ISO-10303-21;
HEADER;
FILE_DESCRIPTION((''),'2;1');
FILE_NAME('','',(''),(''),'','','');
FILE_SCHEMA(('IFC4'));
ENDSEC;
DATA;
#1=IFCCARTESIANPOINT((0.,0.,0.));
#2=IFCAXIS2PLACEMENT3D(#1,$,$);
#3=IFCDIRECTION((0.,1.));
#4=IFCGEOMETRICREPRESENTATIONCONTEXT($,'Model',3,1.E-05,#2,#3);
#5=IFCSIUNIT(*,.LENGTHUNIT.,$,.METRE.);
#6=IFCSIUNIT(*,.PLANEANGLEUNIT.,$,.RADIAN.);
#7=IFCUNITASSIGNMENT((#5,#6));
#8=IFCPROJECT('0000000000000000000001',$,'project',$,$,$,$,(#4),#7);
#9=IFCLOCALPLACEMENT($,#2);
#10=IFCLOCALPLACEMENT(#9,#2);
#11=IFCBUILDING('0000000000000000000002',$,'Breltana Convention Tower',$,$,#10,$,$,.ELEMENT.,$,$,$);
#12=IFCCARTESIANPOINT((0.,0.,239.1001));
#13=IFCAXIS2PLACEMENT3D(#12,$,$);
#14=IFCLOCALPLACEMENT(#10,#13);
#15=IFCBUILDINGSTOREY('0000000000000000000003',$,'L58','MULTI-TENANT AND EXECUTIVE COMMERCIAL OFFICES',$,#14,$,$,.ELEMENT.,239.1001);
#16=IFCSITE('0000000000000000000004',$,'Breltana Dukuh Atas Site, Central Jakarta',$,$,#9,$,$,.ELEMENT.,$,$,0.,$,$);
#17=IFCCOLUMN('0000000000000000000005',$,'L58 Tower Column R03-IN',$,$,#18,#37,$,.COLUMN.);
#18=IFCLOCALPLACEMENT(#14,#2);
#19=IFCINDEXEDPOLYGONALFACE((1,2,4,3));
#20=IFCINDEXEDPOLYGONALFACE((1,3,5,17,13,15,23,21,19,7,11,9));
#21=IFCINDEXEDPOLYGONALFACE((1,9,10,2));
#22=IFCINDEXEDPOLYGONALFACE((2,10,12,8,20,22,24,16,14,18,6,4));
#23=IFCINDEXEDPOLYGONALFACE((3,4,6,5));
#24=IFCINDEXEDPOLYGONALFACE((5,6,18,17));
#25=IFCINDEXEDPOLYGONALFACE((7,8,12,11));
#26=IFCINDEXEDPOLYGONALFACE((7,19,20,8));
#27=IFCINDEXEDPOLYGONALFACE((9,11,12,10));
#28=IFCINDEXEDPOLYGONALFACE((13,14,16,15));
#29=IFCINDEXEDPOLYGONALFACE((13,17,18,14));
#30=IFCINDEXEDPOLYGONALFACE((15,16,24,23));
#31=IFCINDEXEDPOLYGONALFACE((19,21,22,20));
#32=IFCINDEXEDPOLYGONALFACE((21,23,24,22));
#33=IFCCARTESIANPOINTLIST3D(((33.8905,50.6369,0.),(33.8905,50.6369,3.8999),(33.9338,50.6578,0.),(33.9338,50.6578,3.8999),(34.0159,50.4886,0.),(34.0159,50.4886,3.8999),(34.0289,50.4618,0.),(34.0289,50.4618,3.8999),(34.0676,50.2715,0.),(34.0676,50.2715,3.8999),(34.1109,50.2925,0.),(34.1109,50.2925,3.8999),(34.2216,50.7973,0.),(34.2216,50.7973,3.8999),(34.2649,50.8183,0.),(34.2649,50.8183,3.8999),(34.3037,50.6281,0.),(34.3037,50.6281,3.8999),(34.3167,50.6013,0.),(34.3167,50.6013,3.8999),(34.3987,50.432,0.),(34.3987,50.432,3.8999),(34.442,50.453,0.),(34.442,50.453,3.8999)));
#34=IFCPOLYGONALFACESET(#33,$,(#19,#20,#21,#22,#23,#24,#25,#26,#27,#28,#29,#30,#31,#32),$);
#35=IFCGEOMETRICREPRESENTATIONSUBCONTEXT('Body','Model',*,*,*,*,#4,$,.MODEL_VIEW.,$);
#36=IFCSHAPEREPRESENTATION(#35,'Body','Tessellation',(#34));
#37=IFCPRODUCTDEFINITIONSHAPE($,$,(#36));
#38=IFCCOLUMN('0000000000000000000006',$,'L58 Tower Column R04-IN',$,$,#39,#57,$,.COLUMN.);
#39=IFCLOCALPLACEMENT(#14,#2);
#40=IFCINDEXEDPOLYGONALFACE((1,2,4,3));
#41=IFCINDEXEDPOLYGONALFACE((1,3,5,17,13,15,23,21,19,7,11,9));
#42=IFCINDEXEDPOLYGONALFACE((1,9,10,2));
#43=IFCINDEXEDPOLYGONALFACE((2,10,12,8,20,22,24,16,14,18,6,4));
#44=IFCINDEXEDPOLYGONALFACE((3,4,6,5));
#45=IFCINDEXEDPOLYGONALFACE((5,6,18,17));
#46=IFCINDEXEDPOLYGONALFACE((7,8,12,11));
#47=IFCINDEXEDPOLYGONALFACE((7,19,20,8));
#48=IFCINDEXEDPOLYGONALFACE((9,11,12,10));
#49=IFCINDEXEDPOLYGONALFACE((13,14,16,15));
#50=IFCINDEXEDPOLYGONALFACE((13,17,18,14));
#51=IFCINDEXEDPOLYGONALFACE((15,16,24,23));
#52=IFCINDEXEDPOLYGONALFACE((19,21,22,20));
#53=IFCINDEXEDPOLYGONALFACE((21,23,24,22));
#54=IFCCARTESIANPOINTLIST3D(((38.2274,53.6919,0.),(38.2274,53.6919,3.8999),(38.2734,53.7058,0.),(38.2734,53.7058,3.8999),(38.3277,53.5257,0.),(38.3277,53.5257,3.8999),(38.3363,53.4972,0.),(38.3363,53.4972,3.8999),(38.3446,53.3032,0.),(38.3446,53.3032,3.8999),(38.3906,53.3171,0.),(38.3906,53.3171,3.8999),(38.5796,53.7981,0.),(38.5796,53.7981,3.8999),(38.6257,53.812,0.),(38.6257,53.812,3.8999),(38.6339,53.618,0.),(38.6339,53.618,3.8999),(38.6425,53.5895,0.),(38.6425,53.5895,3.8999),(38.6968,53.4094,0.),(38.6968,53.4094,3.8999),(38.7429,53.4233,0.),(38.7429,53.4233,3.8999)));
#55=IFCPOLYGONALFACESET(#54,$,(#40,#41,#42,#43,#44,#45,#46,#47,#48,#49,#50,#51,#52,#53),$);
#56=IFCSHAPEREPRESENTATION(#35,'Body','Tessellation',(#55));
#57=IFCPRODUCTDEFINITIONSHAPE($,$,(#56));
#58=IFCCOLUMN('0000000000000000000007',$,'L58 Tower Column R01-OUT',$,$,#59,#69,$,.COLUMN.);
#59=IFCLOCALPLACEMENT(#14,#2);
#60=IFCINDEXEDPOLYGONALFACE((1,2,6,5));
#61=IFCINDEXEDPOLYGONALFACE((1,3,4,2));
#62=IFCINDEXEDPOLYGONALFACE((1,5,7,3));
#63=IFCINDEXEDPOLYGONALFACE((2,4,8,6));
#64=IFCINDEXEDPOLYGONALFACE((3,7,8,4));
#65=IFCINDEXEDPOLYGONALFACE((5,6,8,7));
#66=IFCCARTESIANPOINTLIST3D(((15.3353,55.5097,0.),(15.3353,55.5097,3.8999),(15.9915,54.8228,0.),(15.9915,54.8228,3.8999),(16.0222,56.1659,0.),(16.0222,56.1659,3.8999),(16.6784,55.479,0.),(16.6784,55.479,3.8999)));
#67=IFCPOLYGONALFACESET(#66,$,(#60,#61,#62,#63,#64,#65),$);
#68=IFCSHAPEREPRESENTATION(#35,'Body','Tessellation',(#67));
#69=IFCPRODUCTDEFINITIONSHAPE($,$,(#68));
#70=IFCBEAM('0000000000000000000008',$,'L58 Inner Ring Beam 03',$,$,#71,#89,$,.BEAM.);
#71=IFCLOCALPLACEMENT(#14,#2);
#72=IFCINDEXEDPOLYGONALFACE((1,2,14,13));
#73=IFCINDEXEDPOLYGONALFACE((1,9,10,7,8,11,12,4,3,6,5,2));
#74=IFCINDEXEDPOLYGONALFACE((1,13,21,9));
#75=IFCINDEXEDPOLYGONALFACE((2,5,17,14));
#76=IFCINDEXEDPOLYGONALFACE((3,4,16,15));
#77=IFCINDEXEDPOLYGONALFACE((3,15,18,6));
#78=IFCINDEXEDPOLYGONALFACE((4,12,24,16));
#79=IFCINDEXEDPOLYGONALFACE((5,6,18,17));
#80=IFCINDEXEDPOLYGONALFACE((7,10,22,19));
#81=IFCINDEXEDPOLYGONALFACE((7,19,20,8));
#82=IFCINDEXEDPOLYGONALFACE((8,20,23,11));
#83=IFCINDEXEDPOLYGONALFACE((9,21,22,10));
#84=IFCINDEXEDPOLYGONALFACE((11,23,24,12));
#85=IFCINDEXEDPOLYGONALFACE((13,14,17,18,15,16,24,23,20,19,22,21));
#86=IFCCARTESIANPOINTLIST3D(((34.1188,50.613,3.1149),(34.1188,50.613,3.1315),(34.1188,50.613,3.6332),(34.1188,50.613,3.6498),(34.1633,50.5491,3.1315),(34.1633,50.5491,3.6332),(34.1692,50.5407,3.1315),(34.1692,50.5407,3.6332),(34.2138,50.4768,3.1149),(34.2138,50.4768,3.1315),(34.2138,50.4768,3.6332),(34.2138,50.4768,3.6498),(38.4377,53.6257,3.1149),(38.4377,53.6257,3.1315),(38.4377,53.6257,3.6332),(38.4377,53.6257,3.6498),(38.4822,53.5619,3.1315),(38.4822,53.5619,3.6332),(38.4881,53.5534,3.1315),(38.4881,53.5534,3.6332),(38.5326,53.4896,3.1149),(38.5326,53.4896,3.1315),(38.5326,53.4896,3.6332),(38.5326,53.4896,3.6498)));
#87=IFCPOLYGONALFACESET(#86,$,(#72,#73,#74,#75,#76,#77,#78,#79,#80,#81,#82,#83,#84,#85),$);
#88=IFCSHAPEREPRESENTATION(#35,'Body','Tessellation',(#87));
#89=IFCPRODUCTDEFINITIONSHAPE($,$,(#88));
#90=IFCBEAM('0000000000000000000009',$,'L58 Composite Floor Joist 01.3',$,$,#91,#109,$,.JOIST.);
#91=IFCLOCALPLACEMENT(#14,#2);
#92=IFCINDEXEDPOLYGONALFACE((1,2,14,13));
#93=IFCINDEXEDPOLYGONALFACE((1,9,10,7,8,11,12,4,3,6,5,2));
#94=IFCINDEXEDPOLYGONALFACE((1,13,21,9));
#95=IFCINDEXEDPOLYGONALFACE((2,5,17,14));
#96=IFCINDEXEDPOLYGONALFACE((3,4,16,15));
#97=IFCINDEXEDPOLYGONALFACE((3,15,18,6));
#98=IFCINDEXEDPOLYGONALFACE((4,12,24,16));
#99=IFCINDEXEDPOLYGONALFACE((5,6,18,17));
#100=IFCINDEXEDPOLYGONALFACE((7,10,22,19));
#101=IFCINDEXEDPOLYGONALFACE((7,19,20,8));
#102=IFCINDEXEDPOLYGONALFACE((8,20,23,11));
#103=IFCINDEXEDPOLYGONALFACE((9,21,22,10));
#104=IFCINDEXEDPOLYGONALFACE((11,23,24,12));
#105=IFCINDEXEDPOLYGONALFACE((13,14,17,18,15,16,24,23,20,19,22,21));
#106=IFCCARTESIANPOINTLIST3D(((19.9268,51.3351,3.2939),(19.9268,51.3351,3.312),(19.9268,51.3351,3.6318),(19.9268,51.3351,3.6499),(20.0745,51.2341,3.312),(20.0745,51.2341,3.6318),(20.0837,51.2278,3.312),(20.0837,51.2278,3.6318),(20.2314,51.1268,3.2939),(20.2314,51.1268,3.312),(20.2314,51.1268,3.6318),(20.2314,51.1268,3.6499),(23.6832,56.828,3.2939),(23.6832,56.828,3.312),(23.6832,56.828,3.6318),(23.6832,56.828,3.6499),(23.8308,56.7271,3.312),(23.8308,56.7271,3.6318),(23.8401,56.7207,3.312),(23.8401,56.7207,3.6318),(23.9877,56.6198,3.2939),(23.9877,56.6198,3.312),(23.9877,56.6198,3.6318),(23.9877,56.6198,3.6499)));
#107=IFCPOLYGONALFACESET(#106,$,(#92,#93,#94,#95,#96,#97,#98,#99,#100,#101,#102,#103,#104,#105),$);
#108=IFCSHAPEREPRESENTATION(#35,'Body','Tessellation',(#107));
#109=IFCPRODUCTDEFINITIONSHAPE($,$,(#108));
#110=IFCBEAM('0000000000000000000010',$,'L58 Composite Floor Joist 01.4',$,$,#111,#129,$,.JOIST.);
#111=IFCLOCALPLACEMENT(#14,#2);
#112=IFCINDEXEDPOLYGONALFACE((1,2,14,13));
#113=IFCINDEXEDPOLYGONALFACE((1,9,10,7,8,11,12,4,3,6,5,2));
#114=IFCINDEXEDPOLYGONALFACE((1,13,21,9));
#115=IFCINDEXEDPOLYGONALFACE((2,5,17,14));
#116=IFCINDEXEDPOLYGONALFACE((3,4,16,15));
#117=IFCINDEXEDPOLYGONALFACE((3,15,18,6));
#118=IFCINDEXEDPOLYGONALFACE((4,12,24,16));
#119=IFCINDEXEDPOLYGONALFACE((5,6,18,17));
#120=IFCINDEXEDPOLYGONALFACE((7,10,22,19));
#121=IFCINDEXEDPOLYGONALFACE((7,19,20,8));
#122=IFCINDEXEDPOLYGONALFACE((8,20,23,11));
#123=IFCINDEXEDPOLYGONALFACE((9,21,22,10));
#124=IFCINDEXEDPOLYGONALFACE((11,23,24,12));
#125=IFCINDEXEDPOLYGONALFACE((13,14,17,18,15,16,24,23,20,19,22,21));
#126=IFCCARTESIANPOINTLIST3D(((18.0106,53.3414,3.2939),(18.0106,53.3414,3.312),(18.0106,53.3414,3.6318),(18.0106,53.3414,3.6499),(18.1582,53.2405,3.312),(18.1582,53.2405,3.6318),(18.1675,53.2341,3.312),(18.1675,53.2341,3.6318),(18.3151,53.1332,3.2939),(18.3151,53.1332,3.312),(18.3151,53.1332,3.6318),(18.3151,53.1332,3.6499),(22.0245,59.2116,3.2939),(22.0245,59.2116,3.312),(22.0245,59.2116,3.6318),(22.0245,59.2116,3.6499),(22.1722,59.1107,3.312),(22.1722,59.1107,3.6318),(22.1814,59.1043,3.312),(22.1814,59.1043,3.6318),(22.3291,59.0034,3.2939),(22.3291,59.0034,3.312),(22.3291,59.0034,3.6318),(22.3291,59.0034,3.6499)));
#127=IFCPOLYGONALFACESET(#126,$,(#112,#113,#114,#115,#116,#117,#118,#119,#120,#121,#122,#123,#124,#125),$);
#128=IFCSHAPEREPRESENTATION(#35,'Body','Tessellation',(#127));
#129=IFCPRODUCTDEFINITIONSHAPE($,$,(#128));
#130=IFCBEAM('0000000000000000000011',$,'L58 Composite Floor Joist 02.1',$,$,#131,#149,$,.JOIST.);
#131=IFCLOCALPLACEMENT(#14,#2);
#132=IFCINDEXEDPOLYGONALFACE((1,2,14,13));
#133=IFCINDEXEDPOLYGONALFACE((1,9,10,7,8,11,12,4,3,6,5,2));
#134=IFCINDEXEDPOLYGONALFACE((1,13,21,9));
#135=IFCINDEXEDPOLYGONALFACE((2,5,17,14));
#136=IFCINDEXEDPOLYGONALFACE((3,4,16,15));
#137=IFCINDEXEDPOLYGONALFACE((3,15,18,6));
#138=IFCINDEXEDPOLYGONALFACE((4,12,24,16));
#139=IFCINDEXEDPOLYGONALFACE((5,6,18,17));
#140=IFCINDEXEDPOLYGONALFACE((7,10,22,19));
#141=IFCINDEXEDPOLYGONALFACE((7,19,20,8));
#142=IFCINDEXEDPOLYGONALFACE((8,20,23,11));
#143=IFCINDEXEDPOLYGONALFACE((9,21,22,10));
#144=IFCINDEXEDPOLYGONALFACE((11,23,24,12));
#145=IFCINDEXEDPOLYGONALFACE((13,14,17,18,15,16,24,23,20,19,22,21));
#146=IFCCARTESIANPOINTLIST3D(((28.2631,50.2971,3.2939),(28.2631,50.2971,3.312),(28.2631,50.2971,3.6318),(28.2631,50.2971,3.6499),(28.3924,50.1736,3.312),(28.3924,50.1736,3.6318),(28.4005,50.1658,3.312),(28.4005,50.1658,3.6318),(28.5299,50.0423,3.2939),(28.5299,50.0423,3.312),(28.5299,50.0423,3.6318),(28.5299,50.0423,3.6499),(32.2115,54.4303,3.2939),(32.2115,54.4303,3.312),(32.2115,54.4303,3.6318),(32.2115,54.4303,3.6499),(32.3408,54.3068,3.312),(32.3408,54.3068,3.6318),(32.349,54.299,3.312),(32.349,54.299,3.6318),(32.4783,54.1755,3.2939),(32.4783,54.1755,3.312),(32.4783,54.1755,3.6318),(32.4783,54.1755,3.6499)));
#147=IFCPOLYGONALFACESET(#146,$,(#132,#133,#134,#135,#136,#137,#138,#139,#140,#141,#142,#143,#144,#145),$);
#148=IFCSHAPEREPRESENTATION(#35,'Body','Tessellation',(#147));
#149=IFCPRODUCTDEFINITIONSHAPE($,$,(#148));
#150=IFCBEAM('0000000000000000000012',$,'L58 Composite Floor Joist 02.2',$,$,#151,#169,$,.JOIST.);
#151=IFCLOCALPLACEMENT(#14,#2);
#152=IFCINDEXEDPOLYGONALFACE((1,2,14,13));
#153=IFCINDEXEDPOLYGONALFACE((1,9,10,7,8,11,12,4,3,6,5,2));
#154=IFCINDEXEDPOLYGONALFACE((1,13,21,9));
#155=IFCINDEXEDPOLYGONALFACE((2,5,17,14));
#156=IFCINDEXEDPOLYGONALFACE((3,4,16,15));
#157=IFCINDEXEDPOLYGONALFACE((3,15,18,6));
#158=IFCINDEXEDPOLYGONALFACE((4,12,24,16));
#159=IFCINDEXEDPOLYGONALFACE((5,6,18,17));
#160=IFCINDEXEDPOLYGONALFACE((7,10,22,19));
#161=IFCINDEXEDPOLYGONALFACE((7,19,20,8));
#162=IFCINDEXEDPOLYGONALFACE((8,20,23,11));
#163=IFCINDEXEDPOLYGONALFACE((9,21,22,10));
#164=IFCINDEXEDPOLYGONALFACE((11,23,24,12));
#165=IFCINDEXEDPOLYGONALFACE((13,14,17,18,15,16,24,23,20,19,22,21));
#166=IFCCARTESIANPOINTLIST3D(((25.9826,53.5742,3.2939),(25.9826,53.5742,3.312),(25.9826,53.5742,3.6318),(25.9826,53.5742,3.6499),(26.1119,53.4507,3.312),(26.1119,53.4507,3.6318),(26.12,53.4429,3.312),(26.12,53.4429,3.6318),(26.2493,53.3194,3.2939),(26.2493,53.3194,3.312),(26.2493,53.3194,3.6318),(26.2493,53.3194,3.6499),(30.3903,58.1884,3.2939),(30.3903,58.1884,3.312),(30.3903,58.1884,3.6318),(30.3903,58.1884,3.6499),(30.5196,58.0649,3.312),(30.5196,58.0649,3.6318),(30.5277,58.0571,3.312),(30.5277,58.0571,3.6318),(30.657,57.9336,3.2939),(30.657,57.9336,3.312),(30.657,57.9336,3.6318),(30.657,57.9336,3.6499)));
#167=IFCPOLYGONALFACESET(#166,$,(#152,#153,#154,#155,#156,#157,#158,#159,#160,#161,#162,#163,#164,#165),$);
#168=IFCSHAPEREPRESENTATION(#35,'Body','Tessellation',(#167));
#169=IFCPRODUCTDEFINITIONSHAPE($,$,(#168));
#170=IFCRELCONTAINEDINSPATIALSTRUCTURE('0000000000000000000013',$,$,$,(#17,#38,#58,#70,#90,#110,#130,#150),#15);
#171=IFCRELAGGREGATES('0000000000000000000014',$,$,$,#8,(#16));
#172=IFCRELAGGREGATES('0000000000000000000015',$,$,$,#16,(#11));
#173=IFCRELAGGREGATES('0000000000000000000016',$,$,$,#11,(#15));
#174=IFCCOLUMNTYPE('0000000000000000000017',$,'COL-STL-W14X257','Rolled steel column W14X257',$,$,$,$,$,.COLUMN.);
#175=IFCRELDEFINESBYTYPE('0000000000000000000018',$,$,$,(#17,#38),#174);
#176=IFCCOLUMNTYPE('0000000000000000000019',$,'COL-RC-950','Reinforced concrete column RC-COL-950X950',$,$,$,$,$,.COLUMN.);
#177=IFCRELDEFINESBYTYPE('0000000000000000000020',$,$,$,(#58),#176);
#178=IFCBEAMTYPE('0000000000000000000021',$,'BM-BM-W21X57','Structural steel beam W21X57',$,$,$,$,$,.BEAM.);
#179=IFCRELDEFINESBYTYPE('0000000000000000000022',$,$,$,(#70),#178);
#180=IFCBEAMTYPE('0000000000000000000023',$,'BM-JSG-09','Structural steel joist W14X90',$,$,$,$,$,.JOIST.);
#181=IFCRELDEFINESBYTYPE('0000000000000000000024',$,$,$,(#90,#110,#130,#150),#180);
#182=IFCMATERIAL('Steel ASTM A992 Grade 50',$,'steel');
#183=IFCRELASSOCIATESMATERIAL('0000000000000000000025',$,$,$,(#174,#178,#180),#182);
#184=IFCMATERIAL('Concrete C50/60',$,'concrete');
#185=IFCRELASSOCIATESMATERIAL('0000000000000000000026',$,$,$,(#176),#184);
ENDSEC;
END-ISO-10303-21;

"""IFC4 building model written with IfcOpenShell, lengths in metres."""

from ifc_helpers import new_model, si_unit, direction, frame, origin, origin_2d, place, context, subcontext, project, spatial, rectangle, i_section, extrude, source, transform, mapped, material, material_profile, profile_set, type_object, element, save


model = new_model("IFC4")

# Units and contexts
model_context = context("Model", 3, precision=1e-05, world=origin(), true_north=direction((0.0, 1.0)))
body_context = subcontext(model_context, "Body", "Model", "MODEL_VIEW")
ifc_project = project(units=[si_unit("LENGTHUNIT", "METRE"), si_unit("PLANEANGLEUNIT", "RADIAN")], contexts=[model_context])

# Site, building, storey
site_placement = place(None, origin())
site = spatial("IfcSite", under=ifc_project, at=site_placement, Name="Breltana Dukuh Atas Site, Central Jakarta", CompositionType="ELEMENT", RefElevation=0.0)
building_placement = place(site_placement, origin())
building = spatial("IfcBuilding", under=site, at=building_placement, Name="Breltana Convention Tower", CompositionType="ELEMENT")
storey_placement = place(building_placement, frame((0.0, 0.0, 239.1001)))
storey = spatial("IfcBuildingStorey", under=building, at=storey_placement, Name="L58", Description="MULTI-TENANT AND EXECUTIVE COMMERCIAL OFFICES", CompositionType="ELEMENT", Elevation=239.1001)

# Columns
ifc_material_1 = material(Name="Steel ASTM A992 Grade 50", Category="steel")
ifc_material_profile_1 = material_profile(ifc_material_1, i_section(OverallWidth=0.406, OverallDepth=0.416, WebThickness=0.0298, FlangeThickness=0.0481, at=origin_2d()), Name="W14X257")
ifc_profile_set_1 = profile_set([ifc_material_profile_1], Name="Steel ASTM A992 Grade 50")
column_type_1 = type_object("IfcColumnType", Name="COL-STL-W14X257", Description="Rolled steel column W14X257", PredefinedType="COLUMN", material=ifc_profile_set_1)
shared_shape_1 = source(origin(), body_context, "Body", "SweptSolid", [
    extrude(i_section(OverallWidth=0.406, OverallDepth=0.416, WebThickness=0.0298, FlangeThickness=0.0481, at=origin_2d()), origin(), (0.0, 0.0, 1.0), 3.8999),
])
for number, where, z_axis, x_axis, name in (
    (1, (34.1663, 50.5449, 0.0), (0.0, 0.0, 1.0), (-0.436174, 0.899863, 0.0), "L58 Tower Column R03-IN"),
    (2, (38.4851, 53.5576, 0.0), (0.0, 0.0, 1.0), (-0.288698, 0.95742, 0.0), "L58 Tower Column R04-IN"),
):
    element("IfcColumn", number, at=place(storey_placement, frame(where, z_axis=z_axis, x_axis=x_axis)), inside=storey, type_object=column_type_1, Name=name, PredefinedType="COLUMN", context=body_context, shape_type="MappedRepresentation", body=[
        mapped(shared_shape_1, transform((0.0, 0.0, 0.0), scale=1.0)),
    ])
ifc_material_2 = material(Name="Concrete C50/60", Category="concrete")
ifc_material_profile_2 = material_profile(ifc_material_2, rectangle(XDim=0.95, YDim=0.95, at=origin_2d()), Name="RC-COL-950X950")
ifc_profile_set_2 = profile_set([ifc_material_profile_2], Name="Concrete C50/60")
column_type_2 = type_object("IfcColumnType", Name="COL-RC-950", Description="Reinforced concrete column RC-COL-950X950", PredefinedType="COLUMN", material=ifc_profile_set_2)
shared_shape_2 = source(origin(), body_context, "Body", "SweptSolid", [
    extrude(rectangle(XDim=0.95, YDim=0.95, at=origin_2d()), origin(), (0.0, 0.0, 1.0), 3.8999),
])
column_placement = place(storey_placement, frame((16.0068, 55.4944, 0.0), z_axis=(0.0, 0.0, 1.0), x_axis=(-0.690756, 0.723088, 0.0)))
element("IfcColumn", 3, at=column_placement, inside=storey, type_object=column_type_2, Name="L58 Tower Column R01-OUT", PredefinedType="COLUMN", context=body_context, shape_type="MappedRepresentation", body=[
    mapped(shared_shape_2, transform((0.0, 0.0, 0.0), scale=1.0)),
])

# Beams
ifc_material_profile_3 = material_profile(ifc_material_1, i_section(OverallWidth=0.166, OverallDepth=0.5349, WebThickness=0.0103, FlangeThickness=0.0166, at=origin_2d()), Name="W21X57")
ifc_profile_set_3 = profile_set([ifc_material_profile_3], Name="Steel ASTM A992 Grade 50")
beam_type_1 = type_object("IfcBeamType", Name="BM-BM-W21X57", Description="Structural steel beam W21X57", PredefinedType="BEAM", material=ifc_profile_set_3)
shared_shape_3 = source(origin(), body_context, "Body", "SweptSolid", [
    extrude(i_section(OverallWidth=0.166, OverallDepth=0.5349, WebThickness=0.0103, FlangeThickness=0.0166, at=origin_2d()), origin(), (0.0, 0.0, 1.0), 5.2659),
])
beam_1_placement = place(storey_placement, frame((34.1663, 50.5449, 3.3823), z_axis=(0.820167, 0.572124, 0.0), x_axis=(-0.572124, 0.820167, 0.0)))
element("IfcBeam", 4, at=beam_1_placement, inside=storey, type_object=beam_type_1, Name="L58 Inner Ring Beam 03", PredefinedType="BEAM", context=body_context, shape_type="MappedRepresentation", body=[
    mapped(shared_shape_3, transform((0.0, 0.0, 0.0), scale=1.0)),
])
ifc_material_profile_4 = material_profile(ifc_material_1, i_section(OverallWidth=0.3689, OverallDepth=0.356, WebThickness=0.0112, FlangeThickness=0.0181, at=origin_2d()), Name="W14X90")
ifc_profile_set_4 = profile_set([ifc_material_profile_4], Name="Steel ASTM A992 Grade 50")
beam_type_2 = type_object("IfcBeamType", Name="BM-JSG-09", Description="Structural steel joist W14X90", PredefinedType="JOIST", material=ifc_profile_set_4)
shared_shape_4 = source(origin(), body_context, "Body", "SweptSolid", [
    extrude(i_section(OverallWidth=0.3689, OverallDepth=0.356, WebThickness=0.0112, FlangeThickness=0.0181, at=origin_2d()), origin(), (0.0, 0.0, 1.0), 6.6545),
])
beam_2_placement = place(storey_placement, frame((20.0791, 51.231, 3.4719), z_axis=(0.564483, 0.825445, 0.0), x_axis=(-0.825445, 0.564483, 0.0)))
element("IfcBeam", 5, at=beam_2_placement, inside=storey, type_object=beam_type_2, Name="L58 Composite Floor Joist 01.3", PredefinedType="JOIST", context=body_context, shape_type="MappedRepresentation", body=[
    mapped(shared_shape_4, transform((0.0, 0.0, 0.0), scale=1.0)),
])
shared_shape_5 = source(origin(), body_context, "Body", "SweptSolid", [
    extrude(i_section(OverallWidth=0.3689, OverallDepth=0.356, WebThickness=0.0112, FlangeThickness=0.0181, at=origin_2d()), origin(), (0.0, 0.0, 1.0), 7.1113),
])
beam_3_placement = place(storey_placement, frame((18.1628, 53.2373, 3.4719), z_axis=(0.564446, 0.82547, 0.0), x_axis=(-0.82547, 0.564446, 0.0)))
element("IfcBeam", 6, at=beam_3_placement, inside=storey, type_object=beam_type_2, Name="L58 Composite Floor Joist 01.4", PredefinedType="JOIST", context=body_context, shape_type="MappedRepresentation", body=[
    mapped(shared_shape_5, transform((0.0, 0.0, 0.0), scale=1.0)),
])
shared_shape_6 = source(origin(), body_context, "Body", "SweptSolid", [
    extrude(i_section(OverallWidth=0.3689, OverallDepth=0.356, WebThickness=0.0112, FlangeThickness=0.0181, at=origin_2d()), origin(), (0.0, 0.0, 1.0), 5.7161),
])
beam_4_placement = place(storey_placement, frame((28.3965, 50.1697, 3.4719), z_axis=(0.690756, 0.723088, 0.0), x_axis=(-0.723088, 0.690756, 0.0)))
element("IfcBeam", 7, at=beam_4_placement, inside=storey, type_object=beam_type_2, Name="L58 Composite Floor Joist 02.1", PredefinedType="JOIST", context=body_context, shape_type="MappedRepresentation", body=[
    mapped(shared_shape_6, transform((0.0, 0.0, 0.0), scale=1.0)),
])
shared_shape_7 = source(origin(), body_context, "Body", "SweptSolid", [
    extrude(i_section(OverallWidth=0.3689, OverallDepth=0.356, WebThickness=0.0112, FlangeThickness=0.0181, at=origin_2d()), origin(), (0.0, 0.0, 1.0), 6.3811),
])
beam_5_placement = place(storey_placement, frame((26.116, 53.4468, 3.4719), z_axis=(0.690738, 0.723105, 0.0), x_axis=(-0.723105, 0.690738, 0.0)))
element("IfcBeam", 8, at=beam_5_placement, inside=storey, type_object=beam_type_2, Name="L58 Composite Floor Joist 02.2", PredefinedType="JOIST", context=body_context, shape_type="MappedRepresentation", body=[
    mapped(shared_shape_7, transform((0.0, 0.0, 0.0), scale=1.0)),
])

save(model, "model.ifc")
